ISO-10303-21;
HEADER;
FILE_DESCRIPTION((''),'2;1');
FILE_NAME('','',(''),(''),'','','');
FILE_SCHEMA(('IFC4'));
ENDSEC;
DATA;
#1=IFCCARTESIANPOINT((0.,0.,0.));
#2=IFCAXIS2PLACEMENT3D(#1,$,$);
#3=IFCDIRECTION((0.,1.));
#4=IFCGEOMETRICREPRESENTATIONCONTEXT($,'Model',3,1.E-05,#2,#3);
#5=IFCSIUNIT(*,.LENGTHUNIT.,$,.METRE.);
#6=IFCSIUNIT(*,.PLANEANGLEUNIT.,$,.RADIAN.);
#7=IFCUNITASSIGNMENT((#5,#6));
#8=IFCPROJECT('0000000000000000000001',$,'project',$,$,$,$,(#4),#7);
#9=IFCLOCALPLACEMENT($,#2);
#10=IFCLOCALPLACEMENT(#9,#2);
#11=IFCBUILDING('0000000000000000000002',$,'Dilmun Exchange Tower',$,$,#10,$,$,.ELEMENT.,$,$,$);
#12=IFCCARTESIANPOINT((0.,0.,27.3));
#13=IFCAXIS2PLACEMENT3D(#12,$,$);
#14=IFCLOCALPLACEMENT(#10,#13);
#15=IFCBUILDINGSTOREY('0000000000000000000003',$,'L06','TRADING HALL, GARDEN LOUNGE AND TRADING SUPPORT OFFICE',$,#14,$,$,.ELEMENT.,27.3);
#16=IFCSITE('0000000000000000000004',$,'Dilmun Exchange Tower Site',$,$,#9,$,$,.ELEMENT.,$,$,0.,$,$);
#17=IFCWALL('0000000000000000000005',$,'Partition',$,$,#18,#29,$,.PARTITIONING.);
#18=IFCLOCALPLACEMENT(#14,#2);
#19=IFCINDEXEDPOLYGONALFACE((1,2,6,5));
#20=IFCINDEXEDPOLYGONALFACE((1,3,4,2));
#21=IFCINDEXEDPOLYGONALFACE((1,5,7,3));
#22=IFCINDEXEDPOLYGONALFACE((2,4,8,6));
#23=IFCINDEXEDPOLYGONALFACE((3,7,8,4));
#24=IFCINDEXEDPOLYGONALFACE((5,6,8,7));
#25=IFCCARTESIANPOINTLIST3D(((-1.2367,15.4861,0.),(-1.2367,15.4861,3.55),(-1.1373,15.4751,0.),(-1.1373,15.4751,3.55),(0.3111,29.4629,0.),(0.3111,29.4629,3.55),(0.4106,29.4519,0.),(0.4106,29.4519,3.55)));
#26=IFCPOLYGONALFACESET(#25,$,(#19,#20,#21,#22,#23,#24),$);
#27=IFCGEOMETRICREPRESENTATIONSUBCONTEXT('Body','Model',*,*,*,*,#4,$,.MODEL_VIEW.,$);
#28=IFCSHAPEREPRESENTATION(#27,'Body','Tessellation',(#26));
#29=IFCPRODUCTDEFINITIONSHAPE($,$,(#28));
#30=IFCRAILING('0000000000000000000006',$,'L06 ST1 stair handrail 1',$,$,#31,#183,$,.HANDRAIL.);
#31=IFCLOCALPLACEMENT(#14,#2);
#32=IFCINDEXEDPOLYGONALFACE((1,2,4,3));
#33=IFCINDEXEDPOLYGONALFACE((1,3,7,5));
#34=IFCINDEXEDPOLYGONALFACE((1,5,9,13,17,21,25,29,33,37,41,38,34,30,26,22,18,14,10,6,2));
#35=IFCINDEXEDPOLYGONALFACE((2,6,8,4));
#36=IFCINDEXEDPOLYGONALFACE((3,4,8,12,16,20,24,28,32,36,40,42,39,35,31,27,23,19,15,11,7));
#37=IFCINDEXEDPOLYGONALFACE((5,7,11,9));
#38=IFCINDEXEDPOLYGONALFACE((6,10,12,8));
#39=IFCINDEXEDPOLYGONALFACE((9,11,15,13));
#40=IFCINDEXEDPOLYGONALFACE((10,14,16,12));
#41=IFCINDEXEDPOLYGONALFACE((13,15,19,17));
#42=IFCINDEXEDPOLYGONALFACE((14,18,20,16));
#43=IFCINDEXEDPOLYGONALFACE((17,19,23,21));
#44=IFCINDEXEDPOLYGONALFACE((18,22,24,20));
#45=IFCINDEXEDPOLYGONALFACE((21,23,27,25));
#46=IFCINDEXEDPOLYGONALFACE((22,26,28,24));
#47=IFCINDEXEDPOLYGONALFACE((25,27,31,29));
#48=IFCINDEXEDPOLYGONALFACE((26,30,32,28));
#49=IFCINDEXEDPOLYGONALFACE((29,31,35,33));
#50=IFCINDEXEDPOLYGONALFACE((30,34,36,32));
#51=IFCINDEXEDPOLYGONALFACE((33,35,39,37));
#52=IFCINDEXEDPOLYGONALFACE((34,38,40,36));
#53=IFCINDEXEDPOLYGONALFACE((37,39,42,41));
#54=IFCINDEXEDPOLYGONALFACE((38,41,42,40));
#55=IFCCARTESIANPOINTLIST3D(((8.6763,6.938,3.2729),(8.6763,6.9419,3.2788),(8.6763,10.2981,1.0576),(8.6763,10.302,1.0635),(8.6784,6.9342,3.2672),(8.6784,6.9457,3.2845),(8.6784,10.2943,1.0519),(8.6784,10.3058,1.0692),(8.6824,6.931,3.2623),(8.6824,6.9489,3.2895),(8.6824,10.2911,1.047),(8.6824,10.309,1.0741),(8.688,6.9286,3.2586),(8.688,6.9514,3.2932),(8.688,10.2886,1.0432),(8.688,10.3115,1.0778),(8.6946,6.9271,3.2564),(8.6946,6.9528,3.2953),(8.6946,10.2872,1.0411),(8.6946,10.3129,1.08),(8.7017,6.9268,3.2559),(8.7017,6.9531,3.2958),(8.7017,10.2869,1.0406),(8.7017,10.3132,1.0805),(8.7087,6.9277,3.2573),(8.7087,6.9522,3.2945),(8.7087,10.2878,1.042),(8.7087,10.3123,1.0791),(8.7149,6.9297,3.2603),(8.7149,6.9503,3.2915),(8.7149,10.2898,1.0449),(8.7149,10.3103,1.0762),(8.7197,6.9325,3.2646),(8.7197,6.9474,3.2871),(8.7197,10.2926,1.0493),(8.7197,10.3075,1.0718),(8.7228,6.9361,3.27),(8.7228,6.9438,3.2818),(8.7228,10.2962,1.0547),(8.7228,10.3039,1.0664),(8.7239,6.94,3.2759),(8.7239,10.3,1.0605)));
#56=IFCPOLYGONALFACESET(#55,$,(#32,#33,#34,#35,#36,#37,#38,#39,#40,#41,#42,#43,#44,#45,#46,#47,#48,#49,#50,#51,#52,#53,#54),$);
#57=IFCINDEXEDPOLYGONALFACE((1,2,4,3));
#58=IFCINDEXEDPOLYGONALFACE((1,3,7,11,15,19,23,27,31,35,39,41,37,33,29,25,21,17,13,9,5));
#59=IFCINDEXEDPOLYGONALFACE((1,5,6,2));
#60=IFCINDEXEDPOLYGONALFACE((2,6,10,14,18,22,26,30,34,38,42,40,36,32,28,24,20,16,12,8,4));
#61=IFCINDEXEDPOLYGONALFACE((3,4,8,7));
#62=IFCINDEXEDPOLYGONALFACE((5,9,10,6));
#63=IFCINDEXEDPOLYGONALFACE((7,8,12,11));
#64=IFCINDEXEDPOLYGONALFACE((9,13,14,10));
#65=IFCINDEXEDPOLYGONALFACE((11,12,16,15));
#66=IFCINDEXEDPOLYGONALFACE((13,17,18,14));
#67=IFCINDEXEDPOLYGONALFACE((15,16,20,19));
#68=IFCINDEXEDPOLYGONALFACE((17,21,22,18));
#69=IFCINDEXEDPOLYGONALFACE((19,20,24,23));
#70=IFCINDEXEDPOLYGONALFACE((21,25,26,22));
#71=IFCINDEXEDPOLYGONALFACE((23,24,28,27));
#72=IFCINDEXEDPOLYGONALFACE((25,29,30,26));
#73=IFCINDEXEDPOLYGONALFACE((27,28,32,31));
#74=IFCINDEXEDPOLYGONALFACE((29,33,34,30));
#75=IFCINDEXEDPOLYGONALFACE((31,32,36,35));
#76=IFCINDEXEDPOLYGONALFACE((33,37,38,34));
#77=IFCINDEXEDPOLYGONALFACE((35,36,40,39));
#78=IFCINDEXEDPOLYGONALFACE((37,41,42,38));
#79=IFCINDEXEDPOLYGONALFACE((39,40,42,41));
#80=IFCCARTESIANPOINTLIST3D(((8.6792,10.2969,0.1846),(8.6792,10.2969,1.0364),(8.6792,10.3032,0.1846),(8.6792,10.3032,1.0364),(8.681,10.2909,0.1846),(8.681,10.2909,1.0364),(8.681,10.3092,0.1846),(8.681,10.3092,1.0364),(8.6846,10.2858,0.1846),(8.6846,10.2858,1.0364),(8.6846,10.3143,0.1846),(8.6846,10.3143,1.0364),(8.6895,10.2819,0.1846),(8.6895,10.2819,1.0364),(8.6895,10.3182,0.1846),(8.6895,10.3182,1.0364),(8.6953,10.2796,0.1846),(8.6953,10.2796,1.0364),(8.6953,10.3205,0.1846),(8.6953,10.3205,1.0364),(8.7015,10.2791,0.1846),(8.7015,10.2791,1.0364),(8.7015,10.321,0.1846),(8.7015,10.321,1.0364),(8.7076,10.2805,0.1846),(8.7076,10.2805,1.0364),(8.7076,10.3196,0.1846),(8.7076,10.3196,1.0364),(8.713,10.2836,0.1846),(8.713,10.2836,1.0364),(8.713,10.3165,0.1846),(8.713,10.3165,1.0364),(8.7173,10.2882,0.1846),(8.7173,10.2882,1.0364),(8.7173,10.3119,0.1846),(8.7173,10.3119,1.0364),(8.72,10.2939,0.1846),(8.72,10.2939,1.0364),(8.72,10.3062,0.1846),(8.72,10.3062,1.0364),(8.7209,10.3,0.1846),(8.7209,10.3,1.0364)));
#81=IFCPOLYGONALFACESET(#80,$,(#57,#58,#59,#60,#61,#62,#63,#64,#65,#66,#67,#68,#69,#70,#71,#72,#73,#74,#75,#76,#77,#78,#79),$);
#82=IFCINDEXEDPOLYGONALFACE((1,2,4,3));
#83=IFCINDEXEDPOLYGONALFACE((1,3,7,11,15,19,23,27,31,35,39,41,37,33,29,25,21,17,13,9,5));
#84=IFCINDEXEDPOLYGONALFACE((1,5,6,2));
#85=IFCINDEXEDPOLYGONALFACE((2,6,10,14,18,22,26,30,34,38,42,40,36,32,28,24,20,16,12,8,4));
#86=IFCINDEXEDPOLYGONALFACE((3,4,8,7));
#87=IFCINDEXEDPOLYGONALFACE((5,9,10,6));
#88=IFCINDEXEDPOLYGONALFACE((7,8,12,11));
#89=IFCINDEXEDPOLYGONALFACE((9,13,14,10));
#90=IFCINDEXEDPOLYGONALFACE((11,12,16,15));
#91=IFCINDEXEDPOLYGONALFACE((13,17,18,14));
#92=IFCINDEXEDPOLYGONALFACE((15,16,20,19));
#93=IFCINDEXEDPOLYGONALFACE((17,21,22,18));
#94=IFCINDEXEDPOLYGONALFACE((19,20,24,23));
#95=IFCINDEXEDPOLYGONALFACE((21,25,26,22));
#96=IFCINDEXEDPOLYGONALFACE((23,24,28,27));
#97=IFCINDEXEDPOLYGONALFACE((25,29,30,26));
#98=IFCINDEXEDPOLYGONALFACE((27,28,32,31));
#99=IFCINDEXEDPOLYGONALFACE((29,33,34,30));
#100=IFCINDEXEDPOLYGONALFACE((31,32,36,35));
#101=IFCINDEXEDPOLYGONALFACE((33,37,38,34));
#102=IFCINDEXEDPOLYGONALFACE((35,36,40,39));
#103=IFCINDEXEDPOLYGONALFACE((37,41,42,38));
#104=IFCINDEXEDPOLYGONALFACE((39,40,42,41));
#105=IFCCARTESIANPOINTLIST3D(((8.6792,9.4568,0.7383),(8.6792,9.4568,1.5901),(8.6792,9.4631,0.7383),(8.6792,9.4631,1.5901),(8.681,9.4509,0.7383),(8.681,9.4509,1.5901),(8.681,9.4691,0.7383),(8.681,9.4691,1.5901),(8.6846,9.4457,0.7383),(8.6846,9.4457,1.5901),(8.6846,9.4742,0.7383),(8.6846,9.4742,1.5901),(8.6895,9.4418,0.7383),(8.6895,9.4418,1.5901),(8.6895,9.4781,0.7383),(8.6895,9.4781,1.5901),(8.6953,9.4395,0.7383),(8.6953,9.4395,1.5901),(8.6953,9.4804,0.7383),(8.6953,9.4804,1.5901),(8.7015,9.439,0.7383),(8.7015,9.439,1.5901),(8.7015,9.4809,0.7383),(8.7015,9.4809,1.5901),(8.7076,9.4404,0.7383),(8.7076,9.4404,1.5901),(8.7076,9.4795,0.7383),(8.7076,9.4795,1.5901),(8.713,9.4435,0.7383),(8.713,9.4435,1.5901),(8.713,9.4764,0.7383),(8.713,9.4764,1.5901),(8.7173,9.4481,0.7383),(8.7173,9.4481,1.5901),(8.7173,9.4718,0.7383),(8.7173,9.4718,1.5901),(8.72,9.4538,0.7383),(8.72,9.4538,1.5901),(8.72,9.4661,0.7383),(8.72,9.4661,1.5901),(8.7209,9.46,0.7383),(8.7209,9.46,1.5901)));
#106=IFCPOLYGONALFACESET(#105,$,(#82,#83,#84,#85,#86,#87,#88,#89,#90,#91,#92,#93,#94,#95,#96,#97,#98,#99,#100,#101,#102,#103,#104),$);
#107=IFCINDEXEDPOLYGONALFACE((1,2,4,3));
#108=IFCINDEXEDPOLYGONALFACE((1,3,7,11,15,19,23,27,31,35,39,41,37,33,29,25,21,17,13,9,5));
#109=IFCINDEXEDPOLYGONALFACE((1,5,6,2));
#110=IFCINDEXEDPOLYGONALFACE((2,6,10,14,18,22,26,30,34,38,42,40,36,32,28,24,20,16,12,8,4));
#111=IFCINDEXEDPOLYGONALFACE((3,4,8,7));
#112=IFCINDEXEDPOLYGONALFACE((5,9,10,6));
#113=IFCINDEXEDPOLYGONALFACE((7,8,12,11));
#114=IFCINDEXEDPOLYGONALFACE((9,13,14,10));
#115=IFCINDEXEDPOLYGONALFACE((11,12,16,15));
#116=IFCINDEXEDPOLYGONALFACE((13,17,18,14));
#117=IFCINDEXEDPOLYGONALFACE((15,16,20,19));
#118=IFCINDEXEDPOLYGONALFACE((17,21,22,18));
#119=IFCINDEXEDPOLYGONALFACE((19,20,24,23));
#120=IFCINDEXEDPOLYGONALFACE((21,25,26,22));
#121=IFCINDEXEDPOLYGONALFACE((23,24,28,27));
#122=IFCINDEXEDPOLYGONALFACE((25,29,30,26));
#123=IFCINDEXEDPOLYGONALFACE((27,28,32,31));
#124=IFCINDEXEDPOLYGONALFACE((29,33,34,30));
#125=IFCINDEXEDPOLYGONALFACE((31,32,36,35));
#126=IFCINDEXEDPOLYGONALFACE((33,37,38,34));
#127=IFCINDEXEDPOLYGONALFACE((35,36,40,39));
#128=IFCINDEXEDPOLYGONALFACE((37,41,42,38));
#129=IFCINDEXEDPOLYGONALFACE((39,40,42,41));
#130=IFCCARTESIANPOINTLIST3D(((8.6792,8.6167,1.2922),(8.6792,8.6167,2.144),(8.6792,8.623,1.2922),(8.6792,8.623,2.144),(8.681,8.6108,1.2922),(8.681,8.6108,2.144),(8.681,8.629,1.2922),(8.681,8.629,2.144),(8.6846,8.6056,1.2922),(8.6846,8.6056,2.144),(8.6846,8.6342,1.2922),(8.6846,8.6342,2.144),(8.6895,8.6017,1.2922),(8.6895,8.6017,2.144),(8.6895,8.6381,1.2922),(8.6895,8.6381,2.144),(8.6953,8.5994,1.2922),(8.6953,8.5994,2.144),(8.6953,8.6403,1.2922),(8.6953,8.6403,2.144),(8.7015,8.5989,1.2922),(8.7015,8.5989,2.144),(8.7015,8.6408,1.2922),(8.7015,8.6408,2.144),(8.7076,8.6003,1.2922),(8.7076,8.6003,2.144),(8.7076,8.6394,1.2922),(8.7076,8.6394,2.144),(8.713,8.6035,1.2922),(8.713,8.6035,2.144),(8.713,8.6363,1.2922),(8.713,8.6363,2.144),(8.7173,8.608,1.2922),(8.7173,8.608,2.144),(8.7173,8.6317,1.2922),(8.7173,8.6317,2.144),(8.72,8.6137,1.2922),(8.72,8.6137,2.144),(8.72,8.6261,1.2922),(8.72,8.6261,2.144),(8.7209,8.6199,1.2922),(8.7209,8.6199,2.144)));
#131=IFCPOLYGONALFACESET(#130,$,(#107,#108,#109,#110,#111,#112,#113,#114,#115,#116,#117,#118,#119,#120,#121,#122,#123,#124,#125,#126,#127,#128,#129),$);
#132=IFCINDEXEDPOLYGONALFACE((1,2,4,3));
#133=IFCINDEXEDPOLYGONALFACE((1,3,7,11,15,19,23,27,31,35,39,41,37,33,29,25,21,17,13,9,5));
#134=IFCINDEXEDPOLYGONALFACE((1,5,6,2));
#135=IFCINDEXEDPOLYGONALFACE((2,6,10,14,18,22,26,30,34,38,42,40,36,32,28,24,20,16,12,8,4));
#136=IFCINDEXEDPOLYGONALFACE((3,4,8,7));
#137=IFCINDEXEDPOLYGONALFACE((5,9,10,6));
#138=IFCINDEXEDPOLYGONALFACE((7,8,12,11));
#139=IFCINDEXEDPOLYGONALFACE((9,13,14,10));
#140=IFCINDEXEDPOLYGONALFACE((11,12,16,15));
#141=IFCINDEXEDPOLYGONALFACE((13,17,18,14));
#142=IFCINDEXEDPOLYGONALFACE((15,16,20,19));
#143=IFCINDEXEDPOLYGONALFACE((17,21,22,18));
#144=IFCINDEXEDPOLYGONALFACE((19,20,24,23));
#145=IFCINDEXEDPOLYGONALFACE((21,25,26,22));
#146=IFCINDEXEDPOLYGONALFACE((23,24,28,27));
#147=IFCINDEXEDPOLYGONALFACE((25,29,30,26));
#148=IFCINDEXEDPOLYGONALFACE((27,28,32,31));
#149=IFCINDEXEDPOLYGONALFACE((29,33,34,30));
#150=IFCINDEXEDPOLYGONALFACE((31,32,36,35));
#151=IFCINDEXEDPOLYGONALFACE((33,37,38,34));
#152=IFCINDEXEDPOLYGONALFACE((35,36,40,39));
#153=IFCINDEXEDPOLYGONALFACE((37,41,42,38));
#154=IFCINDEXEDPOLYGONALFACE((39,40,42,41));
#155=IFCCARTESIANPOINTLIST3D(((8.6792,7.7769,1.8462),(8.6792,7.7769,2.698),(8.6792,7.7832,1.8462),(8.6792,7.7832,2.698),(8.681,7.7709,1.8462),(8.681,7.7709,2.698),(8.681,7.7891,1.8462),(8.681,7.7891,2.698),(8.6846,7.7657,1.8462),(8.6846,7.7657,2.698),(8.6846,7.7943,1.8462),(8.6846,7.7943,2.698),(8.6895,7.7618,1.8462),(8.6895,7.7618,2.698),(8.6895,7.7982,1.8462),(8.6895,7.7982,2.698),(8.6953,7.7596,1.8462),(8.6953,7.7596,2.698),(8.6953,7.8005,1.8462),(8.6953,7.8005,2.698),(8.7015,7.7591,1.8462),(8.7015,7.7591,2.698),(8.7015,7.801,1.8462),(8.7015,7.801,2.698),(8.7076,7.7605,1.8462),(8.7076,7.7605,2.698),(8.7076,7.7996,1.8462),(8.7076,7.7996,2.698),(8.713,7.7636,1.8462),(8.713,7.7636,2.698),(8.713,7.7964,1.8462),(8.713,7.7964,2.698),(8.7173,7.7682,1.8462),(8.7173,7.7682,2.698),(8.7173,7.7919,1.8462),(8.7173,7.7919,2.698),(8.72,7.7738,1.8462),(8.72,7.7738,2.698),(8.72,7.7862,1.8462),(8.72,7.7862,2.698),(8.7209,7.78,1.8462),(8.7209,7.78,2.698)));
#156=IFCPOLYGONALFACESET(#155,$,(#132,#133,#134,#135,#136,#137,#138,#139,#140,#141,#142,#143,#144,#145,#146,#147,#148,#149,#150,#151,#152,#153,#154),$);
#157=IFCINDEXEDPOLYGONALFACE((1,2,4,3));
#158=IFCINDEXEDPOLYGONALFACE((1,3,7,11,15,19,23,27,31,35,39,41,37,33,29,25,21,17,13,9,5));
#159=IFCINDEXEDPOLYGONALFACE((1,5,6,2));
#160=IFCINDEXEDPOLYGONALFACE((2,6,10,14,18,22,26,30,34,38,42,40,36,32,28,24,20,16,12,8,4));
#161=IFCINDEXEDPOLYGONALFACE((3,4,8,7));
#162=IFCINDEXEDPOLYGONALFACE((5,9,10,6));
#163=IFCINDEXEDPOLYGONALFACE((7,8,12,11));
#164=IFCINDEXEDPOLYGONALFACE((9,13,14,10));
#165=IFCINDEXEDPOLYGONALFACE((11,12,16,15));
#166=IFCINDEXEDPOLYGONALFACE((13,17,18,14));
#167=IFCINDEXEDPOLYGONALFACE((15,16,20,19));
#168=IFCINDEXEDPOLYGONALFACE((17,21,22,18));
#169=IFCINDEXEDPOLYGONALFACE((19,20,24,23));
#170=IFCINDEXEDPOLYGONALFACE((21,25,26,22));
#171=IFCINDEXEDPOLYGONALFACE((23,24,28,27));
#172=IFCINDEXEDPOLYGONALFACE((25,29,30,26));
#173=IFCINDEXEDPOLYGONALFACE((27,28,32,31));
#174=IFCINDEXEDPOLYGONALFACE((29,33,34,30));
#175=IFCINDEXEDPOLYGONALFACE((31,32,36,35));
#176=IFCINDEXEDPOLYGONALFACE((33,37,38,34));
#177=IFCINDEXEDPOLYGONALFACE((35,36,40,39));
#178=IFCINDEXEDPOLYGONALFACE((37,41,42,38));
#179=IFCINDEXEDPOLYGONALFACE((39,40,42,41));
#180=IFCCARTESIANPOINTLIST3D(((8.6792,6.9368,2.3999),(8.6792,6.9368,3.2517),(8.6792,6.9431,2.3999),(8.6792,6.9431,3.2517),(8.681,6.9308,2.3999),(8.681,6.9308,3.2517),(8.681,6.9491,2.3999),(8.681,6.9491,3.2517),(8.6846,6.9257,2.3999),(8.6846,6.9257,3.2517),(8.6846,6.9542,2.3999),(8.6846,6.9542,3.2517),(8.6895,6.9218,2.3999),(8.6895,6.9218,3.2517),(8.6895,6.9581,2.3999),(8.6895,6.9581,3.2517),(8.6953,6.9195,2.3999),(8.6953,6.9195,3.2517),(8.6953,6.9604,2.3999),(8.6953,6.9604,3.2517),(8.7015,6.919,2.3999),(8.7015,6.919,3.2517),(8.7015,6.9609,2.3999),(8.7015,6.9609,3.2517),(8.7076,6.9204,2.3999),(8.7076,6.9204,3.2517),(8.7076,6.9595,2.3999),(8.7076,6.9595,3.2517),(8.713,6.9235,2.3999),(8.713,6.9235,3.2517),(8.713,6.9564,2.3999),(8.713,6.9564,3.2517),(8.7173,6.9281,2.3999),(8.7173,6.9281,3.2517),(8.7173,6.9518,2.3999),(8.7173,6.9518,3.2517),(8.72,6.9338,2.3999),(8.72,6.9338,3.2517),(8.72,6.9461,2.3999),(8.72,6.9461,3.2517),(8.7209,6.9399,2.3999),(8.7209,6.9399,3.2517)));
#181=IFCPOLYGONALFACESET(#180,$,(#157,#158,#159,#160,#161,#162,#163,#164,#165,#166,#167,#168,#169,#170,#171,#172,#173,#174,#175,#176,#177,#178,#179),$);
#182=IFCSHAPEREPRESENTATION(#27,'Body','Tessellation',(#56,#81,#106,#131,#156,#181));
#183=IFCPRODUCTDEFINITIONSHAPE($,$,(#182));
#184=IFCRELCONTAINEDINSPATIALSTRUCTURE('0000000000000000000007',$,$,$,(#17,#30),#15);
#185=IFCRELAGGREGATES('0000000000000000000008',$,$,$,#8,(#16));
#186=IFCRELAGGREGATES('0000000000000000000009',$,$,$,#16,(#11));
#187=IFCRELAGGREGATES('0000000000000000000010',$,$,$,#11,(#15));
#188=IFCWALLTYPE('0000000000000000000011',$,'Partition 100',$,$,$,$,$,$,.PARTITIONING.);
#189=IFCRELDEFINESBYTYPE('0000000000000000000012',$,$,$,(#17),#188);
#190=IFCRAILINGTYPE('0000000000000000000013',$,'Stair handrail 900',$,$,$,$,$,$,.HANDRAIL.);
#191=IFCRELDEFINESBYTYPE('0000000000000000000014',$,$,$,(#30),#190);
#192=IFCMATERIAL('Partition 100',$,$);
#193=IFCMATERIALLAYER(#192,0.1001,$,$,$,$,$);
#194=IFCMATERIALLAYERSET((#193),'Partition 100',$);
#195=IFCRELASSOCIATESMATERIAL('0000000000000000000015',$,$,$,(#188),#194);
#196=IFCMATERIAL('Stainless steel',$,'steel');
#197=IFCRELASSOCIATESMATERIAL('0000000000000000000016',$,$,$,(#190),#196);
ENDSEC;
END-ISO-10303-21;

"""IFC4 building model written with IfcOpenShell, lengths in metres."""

from ifc_helpers import new_model, si_unit, direction, frame, frame_2d, origin, origin_2d, place, context, subcontext, project, spatial, rectangle, circle, extrude, material, layer, layer_set, type_object, element, save


model = new_model("IFC4")

# Units and contexts
model_context = context("Model", 3, precision=1e-05, world=origin(), true_north=direction((0.0, 1.0)))
body_context = subcontext(model_context, "Body", "Model", "MODEL_VIEW")
ifc_project = project(units=[si_unit("LENGTHUNIT", "METRE"), si_unit("PLANEANGLEUNIT", "RADIAN")], contexts=[model_context])

# Site, building, storey
site_placement = place(None, origin())
site = spatial("IfcSite", under=ifc_project, at=site_placement, Name="Dilmun Exchange Tower Site", CompositionType="ELEMENT", RefElevation=0.0)
building_placement = place(site_placement, origin())
building = spatial("IfcBuilding", under=site, at=building_placement, Name="Dilmun Exchange Tower", CompositionType="ELEMENT")
storey_placement = place(building_placement, frame((0.0, 0.0, 27.3)))
storey = spatial("IfcBuildingStorey", under=building, at=storey_placement, Name="L06", Description="TRADING HALL, GARDEN LOUNGE AND TRADING SUPPORT OFFICE", CompositionType="ELEMENT", Elevation=27.3)

# Wall
ifc_material_1 = material(Name="Partition 100")
ifc_layer_1 = layer(ifc_material_1, 0.1001)
ifc_layer_set_1 = layer_set([ifc_layer_1], Name="Partition 100")
wall_type_1 = type_object("IfcWallType", Name="Partition 100", PredefinedType="PARTITIONING", material=ifc_layer_set_1)
wall_1_placement = place(storey_placement, frame((-1.187, 15.4805, 0.0), z_axis=(0.0, 0.0, 1.0), x_axis=(0.110071, 0.993924, 0.0)))
element("IfcWall", 1, at=wall_1_placement, inside=storey, type_object=wall_type_1, Name="Partition", PredefinedType="PARTITIONING", context=body_context, shape_type="SweptSolid", body=[
    extrude(rectangle(XDim=14.0623, YDim=0.1001, at=frame_2d((7.0312, 0.0))), origin(), (0.0, 0.0, 1.0), 3.55),
])

# Railing
ifc_material_2 = material(Name="Stainless steel", Category="steel")
railing_type = type_object("IfcRailingType", Name="Stair handrail 900", PredefinedType="HANDRAIL", material=ifc_material_2)
railing_placement = place(storey_placement, frame((8.7, 10.3, 0.1846)))
element("IfcRailing", 2, at=railing_placement, inside=storey, type_object=railing_type, Name="L06 ST1 stair handrail 1", PredefinedType="HANDRAIL", context=body_context, shape_type="SweptSolid", body=[
    extrude(circle(Radius=0.0239, at=origin_2d()), frame((0.0, 0.0, 0.876), z_axis=(0.0, -0.834876, 0.550437), x_axis=(1.0, 0.0, 0.0)), (0.0, 0.0, 1.0), 4.0247),
    extrude(circle(Radius=0.021, at=origin_2d()), origin(), (0.0, 0.0, 1.0), 0.8518),
    extrude(circle(Radius=0.021, at=origin_2d()), frame((0.0, -0.8401, 0.5537)), (0.0, 0.0, 1.0), 0.8518),
    extrude(circle(Radius=0.021, at=origin_2d()), frame((0.0, -1.6802, 1.1077)), (0.0, 0.0, 1.0), 0.8518),
    extrude(circle(Radius=0.021, at=origin_2d()), frame((0.0, -2.52, 1.6616)), (0.0, 0.0, 1.0), 0.8518),
    extrude(circle(Radius=0.021, at=origin_2d()), frame((0.0, -3.3601, 2.2153)), (0.0, 0.0, 1.0), 0.8518),
])

save(model, "model.ifc")
